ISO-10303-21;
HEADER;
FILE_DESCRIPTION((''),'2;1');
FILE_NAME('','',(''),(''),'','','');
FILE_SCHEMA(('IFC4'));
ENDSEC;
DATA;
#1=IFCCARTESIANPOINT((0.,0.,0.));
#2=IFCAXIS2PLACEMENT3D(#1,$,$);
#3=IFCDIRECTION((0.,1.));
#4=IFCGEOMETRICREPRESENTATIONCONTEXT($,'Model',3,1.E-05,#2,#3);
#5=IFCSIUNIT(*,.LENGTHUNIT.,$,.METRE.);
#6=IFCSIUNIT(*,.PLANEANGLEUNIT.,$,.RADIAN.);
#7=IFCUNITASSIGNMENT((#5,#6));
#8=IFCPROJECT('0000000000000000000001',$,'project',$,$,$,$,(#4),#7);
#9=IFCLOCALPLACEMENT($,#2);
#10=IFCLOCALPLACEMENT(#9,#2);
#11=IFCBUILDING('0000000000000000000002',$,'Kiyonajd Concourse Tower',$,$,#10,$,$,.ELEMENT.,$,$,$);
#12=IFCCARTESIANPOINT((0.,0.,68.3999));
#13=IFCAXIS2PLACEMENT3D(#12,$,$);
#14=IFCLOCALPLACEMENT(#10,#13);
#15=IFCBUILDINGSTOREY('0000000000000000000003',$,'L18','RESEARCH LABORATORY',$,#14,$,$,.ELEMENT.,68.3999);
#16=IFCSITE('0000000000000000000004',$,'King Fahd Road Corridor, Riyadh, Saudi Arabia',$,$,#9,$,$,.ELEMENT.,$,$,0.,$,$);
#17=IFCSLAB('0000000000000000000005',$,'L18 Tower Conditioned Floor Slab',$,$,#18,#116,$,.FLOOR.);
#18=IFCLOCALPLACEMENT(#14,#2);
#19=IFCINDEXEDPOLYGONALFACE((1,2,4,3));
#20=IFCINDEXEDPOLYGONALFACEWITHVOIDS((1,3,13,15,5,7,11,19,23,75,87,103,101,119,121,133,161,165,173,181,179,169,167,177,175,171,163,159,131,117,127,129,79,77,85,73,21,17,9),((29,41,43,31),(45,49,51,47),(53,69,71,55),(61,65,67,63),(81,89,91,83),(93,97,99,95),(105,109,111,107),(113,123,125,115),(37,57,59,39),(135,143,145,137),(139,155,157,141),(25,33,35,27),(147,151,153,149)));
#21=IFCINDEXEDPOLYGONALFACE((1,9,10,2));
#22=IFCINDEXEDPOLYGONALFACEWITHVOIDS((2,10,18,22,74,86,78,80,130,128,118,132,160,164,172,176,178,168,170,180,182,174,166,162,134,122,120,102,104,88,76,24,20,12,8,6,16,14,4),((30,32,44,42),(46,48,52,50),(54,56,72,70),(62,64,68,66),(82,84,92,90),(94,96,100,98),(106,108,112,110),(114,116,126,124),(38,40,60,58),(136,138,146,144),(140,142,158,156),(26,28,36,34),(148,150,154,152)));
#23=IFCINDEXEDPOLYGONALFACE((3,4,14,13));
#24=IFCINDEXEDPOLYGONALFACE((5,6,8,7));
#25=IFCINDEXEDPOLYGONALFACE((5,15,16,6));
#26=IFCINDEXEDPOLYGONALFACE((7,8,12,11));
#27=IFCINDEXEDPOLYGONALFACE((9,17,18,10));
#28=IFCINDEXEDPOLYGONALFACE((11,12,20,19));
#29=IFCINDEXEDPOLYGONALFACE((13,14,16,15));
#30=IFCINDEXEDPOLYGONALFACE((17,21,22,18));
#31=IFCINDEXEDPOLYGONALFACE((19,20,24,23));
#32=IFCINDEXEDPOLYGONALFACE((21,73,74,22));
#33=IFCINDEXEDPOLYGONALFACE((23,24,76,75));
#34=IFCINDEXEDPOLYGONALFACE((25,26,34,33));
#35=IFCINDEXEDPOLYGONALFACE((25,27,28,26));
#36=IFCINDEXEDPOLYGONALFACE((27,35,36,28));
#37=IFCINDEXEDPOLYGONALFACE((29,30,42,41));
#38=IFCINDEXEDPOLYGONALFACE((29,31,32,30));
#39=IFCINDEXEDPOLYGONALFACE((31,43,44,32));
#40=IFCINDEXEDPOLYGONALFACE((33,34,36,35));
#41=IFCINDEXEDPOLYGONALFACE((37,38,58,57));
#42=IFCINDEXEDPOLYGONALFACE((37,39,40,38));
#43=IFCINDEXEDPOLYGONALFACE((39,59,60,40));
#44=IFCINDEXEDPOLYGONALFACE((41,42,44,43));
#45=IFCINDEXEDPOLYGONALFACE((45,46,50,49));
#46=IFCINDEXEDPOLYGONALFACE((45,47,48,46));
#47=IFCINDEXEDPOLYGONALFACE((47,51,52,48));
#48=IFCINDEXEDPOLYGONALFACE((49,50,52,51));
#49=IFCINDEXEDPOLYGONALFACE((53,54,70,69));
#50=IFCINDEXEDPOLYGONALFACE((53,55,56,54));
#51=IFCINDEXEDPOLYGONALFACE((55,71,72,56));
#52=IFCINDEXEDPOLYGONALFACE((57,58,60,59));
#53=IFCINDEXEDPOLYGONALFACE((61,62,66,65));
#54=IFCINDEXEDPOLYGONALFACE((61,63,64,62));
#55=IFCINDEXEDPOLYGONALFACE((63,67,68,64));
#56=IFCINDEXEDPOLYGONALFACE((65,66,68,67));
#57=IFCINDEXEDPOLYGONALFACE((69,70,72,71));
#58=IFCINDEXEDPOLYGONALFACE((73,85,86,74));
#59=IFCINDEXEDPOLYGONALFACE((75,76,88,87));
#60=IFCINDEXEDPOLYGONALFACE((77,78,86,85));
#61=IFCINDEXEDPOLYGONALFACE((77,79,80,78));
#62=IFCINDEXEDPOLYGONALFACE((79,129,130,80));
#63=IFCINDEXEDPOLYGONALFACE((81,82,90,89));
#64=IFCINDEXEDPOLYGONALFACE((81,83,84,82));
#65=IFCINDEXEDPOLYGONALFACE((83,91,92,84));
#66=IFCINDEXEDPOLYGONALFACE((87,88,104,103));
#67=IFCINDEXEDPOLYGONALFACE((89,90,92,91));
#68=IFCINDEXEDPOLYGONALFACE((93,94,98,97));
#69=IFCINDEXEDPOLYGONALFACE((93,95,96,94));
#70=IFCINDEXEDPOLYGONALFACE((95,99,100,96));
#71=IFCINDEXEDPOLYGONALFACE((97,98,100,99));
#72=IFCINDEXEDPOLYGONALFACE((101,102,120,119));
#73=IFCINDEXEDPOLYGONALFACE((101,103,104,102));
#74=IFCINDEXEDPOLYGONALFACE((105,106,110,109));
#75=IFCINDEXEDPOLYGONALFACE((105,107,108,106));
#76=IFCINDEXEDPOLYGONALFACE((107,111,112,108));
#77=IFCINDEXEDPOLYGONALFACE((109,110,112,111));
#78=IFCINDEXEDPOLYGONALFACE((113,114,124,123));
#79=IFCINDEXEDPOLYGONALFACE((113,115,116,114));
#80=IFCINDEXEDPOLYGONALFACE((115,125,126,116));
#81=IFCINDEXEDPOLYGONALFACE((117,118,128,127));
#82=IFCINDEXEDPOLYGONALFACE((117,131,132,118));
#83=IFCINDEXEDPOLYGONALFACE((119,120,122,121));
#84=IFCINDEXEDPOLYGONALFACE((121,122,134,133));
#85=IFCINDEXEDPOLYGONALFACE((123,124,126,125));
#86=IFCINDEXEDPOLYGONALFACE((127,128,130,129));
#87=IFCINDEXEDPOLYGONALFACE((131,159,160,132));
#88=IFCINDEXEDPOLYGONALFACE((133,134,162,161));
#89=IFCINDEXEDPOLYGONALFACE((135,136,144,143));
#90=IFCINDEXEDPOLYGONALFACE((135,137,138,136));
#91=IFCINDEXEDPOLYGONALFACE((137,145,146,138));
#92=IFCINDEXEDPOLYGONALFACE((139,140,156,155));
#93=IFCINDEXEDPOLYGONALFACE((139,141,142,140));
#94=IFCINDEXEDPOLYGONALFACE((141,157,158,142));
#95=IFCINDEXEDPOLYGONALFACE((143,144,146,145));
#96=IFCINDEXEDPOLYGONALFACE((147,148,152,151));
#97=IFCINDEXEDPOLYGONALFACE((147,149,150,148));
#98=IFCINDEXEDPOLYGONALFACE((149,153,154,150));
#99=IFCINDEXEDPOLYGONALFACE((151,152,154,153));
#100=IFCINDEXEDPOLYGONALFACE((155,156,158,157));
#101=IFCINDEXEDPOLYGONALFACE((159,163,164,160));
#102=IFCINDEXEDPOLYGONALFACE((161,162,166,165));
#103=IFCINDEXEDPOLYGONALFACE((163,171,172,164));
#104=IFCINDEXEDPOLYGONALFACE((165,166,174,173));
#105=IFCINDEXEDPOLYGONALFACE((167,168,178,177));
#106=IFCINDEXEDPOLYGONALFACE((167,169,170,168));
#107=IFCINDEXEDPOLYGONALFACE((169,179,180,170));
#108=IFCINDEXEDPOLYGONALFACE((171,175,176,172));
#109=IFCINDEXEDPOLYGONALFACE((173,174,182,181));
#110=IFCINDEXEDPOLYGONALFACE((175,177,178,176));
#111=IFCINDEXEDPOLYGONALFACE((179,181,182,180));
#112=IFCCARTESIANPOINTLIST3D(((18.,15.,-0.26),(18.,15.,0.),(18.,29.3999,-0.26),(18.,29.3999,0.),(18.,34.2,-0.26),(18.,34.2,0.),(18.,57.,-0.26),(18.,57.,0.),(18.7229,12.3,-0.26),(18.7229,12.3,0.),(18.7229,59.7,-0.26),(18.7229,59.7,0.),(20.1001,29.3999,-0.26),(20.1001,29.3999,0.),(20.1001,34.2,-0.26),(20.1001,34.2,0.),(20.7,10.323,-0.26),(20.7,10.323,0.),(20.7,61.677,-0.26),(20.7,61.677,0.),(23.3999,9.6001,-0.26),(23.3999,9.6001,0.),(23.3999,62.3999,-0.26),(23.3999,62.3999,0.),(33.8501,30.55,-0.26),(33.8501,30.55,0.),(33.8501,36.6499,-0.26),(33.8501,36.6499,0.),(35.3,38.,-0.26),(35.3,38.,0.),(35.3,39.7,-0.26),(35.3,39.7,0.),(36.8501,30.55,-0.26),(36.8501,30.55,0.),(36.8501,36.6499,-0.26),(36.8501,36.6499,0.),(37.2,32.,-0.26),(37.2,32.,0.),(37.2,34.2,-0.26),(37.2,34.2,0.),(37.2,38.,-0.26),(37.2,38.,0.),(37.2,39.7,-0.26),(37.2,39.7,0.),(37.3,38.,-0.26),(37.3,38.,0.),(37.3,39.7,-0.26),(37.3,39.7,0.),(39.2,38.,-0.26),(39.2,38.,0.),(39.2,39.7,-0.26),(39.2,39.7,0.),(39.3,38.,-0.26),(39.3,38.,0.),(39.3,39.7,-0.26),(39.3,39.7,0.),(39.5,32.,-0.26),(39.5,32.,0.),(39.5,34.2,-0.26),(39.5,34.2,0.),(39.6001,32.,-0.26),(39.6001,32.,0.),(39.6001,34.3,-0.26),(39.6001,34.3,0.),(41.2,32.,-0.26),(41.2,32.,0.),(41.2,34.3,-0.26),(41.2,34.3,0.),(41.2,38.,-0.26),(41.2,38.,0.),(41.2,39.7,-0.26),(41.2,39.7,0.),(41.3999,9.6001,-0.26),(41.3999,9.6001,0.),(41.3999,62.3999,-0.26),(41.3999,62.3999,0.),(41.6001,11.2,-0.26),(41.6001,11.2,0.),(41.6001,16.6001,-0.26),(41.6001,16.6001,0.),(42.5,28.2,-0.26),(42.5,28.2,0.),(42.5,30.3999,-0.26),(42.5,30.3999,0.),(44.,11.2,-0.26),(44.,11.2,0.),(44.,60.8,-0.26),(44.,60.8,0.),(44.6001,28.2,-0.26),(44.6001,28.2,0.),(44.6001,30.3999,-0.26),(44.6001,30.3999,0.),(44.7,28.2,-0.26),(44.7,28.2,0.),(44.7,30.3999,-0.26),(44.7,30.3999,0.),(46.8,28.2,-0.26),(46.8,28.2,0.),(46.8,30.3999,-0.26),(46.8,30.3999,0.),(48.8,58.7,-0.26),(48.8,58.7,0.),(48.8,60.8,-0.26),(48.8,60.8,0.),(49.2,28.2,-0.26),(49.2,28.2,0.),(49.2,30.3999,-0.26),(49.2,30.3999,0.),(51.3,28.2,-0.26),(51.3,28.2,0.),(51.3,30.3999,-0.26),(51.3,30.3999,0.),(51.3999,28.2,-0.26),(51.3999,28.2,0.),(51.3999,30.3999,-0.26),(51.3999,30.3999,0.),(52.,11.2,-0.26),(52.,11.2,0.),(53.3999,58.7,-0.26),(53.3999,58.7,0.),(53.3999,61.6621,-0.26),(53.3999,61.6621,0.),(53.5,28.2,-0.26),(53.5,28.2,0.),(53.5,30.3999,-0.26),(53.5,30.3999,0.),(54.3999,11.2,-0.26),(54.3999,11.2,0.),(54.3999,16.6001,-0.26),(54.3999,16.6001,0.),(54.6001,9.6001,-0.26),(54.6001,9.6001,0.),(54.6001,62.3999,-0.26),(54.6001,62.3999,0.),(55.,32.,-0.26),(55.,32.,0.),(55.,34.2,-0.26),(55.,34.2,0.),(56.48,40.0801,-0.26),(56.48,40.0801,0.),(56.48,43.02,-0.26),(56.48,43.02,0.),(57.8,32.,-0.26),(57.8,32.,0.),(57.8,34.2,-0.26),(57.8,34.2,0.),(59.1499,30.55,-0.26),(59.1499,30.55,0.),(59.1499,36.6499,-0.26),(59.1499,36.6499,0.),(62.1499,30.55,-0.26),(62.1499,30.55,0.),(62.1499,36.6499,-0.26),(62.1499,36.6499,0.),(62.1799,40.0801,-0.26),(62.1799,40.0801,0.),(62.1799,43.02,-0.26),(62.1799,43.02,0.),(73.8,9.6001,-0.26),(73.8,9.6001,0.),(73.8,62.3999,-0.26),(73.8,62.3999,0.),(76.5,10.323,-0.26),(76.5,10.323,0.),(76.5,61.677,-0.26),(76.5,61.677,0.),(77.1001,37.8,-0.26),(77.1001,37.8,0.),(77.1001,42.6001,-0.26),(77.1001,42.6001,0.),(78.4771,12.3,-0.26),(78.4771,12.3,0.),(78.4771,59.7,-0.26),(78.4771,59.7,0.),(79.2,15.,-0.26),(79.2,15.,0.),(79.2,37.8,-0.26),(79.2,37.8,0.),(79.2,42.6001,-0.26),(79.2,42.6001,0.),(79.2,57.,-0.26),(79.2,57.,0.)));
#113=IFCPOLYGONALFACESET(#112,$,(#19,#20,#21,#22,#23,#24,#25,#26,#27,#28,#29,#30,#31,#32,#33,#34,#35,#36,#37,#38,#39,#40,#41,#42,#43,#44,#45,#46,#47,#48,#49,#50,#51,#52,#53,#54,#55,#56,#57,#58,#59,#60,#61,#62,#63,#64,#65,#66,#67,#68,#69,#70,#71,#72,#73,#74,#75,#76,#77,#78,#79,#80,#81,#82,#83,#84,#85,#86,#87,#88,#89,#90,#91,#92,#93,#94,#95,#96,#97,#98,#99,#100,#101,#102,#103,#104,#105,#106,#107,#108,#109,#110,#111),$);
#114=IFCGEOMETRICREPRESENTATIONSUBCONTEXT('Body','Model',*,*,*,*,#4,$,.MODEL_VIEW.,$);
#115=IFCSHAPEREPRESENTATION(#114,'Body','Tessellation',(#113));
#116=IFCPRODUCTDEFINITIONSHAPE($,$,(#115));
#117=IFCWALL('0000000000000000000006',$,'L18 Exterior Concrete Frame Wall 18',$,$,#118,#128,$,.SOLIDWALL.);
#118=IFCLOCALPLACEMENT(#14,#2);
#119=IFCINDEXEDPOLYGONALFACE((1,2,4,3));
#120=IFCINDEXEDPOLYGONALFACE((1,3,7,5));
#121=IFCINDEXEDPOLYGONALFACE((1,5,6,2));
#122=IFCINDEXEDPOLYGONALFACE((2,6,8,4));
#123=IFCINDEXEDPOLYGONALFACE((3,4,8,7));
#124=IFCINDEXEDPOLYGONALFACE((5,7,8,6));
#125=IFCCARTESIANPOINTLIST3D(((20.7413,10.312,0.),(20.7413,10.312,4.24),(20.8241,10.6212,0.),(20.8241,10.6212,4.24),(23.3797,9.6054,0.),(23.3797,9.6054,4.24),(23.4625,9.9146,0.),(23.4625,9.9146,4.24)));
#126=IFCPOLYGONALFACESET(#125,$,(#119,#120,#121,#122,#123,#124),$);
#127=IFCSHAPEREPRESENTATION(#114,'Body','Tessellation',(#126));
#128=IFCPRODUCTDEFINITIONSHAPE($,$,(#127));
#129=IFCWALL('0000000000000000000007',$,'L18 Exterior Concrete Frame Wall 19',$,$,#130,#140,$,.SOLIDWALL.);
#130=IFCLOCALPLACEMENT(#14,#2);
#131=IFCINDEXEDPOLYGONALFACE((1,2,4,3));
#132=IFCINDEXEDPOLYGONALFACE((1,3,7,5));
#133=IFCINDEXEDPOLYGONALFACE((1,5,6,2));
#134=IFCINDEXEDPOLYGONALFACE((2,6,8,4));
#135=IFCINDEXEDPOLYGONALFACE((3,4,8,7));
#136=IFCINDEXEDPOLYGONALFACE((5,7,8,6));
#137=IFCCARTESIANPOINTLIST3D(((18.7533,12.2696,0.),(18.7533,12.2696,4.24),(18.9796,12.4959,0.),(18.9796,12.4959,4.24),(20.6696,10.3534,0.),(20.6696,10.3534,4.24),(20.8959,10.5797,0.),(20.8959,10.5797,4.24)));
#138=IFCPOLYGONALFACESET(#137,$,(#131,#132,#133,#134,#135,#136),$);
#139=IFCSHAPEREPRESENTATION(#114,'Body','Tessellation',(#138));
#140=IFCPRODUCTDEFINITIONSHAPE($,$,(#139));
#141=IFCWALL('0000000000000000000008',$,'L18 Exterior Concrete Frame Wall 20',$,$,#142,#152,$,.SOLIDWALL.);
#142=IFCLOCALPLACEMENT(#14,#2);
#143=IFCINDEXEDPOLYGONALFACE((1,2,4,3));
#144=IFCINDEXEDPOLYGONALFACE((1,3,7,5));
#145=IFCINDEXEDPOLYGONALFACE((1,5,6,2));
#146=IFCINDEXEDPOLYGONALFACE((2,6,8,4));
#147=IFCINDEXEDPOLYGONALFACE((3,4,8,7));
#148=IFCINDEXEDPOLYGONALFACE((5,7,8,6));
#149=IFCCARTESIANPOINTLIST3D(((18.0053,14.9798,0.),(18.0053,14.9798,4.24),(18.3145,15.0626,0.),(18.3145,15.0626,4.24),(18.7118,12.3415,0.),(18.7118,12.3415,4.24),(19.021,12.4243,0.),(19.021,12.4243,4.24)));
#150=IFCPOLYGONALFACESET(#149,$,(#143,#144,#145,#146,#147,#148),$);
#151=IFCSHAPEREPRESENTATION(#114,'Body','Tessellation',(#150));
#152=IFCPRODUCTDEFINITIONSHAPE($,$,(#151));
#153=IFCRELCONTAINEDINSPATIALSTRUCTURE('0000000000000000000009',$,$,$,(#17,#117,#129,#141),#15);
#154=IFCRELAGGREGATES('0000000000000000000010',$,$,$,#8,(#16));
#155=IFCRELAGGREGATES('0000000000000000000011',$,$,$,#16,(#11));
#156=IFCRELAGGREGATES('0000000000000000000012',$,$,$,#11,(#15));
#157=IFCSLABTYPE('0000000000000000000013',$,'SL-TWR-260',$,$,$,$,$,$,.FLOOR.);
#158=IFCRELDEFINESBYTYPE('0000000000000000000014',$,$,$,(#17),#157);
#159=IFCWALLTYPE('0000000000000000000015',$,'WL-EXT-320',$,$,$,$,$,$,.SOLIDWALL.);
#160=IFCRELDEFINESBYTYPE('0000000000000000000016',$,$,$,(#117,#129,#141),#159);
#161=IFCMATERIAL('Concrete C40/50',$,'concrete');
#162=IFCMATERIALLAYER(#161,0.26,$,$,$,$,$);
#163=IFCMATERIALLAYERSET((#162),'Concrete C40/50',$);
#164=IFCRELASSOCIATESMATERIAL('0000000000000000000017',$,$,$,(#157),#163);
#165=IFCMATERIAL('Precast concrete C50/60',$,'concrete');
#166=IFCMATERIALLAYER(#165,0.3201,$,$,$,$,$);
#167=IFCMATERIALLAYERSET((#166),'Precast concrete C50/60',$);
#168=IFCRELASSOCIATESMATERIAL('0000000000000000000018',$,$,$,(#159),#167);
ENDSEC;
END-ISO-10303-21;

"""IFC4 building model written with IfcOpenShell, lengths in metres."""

from ifc_helpers import new_model, si_unit, direction, frame, frame_2d, origin, place, context, subcontext, project, spatial, polyline, rectangle, outline, extrude, material, layer, layer_set, type_object, element, save


model = new_model("IFC4")

# Units and contexts
model_context = context("Model", 3, precision=1e-05, world=origin(), true_north=direction((0.0, 1.0)))
body_context = subcontext(model_context, "Body", "Model", "MODEL_VIEW")
ifc_project = project(units=[si_unit("LENGTHUNIT", "METRE"), si_unit("PLANEANGLEUNIT", "RADIAN")], contexts=[model_context])

# Site, building, storey
site_placement = place(None, origin())
site = spatial("IfcSite", under=ifc_project, at=site_placement, Name="King Fahd Road Corridor, Riyadh, Saudi Arabia", CompositionType="ELEMENT", RefElevation=0.0)
building_placement = place(site_placement, origin())
building = spatial("IfcBuilding", under=site, at=building_placement, Name="Kiyonajd Concourse Tower", CompositionType="ELEMENT")
storey_placement = place(building_placement, frame((0.0, 0.0, 68.3999)))
storey = spatial("IfcBuildingStorey", under=building, at=storey_placement, Name="L18", Description="RESEARCH LABORATORY", CompositionType="ELEMENT", Elevation=68.3999)

# Shared definitions
ifc_material_1 = material(Name="Precast concrete C50/60", Category="concrete")

# Shared definitions
ifc_material_2 = material(Name="Concrete C40/50", Category="concrete")

# Slab
ifc_layer_1 = layer(ifc_material_2, 0.26)
ifc_layer_set_1 = layer_set([ifc_layer_1], Name="Concrete C40/50")
slab_type_1 = type_object("IfcSlabType", Name="SL-TWR-260", PredefinedType="FLOOR", material=ifc_layer_set_1)
slab_1_placement = place(storey_placement, frame((0.0, 0.0, -0.26)))
element("IfcSlab", 1, at=slab_1_placement, inside=storey, type_object=slab_type_1, Name="L18 Tower Conditioned Floor Slab", PredefinedType="FLOOR", context=body_context, shape_type="SweptSolid", body=[
    extrude(outline(polyline([(78.4771, 59.7), (79.2, 57.0), (79.2, 42.6001), (77.1001, 42.6001), (77.1001, 37.8), (79.2, 37.8), (79.2, 15.0), (78.4771, 12.3), (76.5, 10.323), (73.8, 9.6001), (54.6001, 9.6001), (52.0, 11.2), (54.3999, 11.2), (54.3999, 16.6001), (41.6001, 16.6001), (41.6001, 11.2), (44.0, 11.2), (41.3999, 9.6001), (23.3999, 9.6001), (20.7, 10.323), (18.7229, 12.3), (18.0, 15.0), (18.0, 29.3999), (20.1001, 29.3999), (20.1001, 34.2), (18.0, 34.2), (18.0, 57.0), (18.7229, 59.7), (20.7, 61.677), (23.3999, 62.3999), (41.3999, 62.3999), (44.0, 60.8), (48.8, 60.8), (48.8, 58.7), (53.3999, 58.7), (53.3999, 61.6621), (54.6001, 62.3999), (73.8, 62.3999), (76.5, 61.677), (78.4771, 59.7)]), holes=[polyline([(44.6001, 28.2), (42.5, 28.2), (42.5, 30.3999), (44.6001, 30.3999), (44.6001, 28.2)]), polyline([(37.2, 32.0), (37.2, 34.2), (39.5, 34.2), (39.5, 32.0), (37.2, 32.0)]), polyline([(39.6001, 32.0), (39.6001, 34.3), (41.2, 34.3), (41.2, 32.0), (39.6001, 32.0)]), polyline([(36.8501, 30.55), (33.8501, 30.55), (33.8501, 36.6499), (36.8501, 36.6499), (36.8501, 30.55)]), polyline([(35.3, 38.0), (35.3, 39.7), (37.2, 39.7), (37.2, 38.0), (35.3, 38.0)]), polyline([(37.3, 38.0), (37.3, 39.7), (39.2, 39.7), (39.2, 38.0), (37.3, 38.0)]), polyline([(41.2, 38.0), (39.3, 38.0), (39.3, 39.7), (41.2, 39.7), (41.2, 38.0)]), polyline([(44.7, 28.2), (44.7, 30.3999), (46.8, 30.3999), (46.8, 28.2), (44.7, 28.2)]), polyline([(49.2, 28.2), (49.2, 30.3999), (51.3, 30.3999), (51.3, 28.2), (49.2, 28.2)]), polyline([(51.3999, 28.2), (51.3999, 30.3999), (53.5, 30.3999), (53.5, 28.2), (51.3999, 28.2)]), polyline([(55.0, 32.0), (55.0, 34.2), (57.8, 34.2), (57.8, 32.0), (55.0, 32.0)]), polyline([(59.1499, 30.55), (59.1499, 36.6499), (62.1499, 36.6499), (62.1499, 30.55), (59.1499, 30.55)]), polyline([(56.48, 43.02), (62.1799, 43.02), (62.1799, 40.0801), (56.48, 40.0801), (56.48, 43.02)])]), origin(), (0.0, 0.0, 1.0), 0.26),
])

# Walls
ifc_layer_2 = layer(ifc_material_1, 0.3201)
ifc_layer_set_2 = layer_set([ifc_layer_2], Name="Precast concrete C50/60")
wall_type = type_object("IfcWallType", Name="WL-EXT-320", PredefinedType="SOLIDWALL", material=ifc_layer_set_2)
wall_1_placement = place(storey_placement, frame((23.4211, 9.76, 0.0), z_axis=(0.0, 0.0, 1.0), x_axis=(-0.965964, 0.258675, 0.0)))
element("IfcWall", 2, at=wall_1_placement, inside=storey, type_object=wall_type, Name="L18 Exterior Concrete Frame Wall 18", PredefinedType="SOLIDWALL", context=body_context, shape_type="SweptSolid", body=[
    extrude(rectangle(XDim=2.7314, YDim=0.3201, at=frame_2d((1.3657, 0.0))), origin(), (0.0, 0.0, 1.0), 4.24),
])
wall_2_placement = place(storey_placement, frame((20.7827, 10.4666, 0.0), z_axis=(0.0, 0.0, 1.0), x_axis=(-0.707107, 0.707107, 0.0)))
element("IfcWall", 3, at=wall_2_placement, inside=storey, type_object=wall_type, Name="L18 Exterior Concrete Frame Wall 19", PredefinedType="SOLIDWALL", context=body_context, shape_type="SweptSolid", body=[
    extrude(rectangle(XDim=2.71, YDim=0.3201, at=frame_2d((1.355, 0.0))), origin(), (0.0, 0.0, 1.0), 4.24),
])
wall_3_placement = place(storey_placement, frame((18.8665, 12.3828, 0.0), z_axis=(0.0, 0.0, 1.0), x_axis=(-0.258697, 0.965958, 0.0)))
element("IfcWall", 4, at=wall_3_placement, inside=storey, type_object=wall_type, Name="L18 Exterior Concrete Frame Wall 20", PredefinedType="SOLIDWALL", context=body_context, shape_type="SweptSolid", body=[
    extrude(rectangle(XDim=2.7312, YDim=0.3201, at=frame_2d((1.3657, 0.0))), origin(), (0.0, 0.0, 1.0), 4.24),
])

save(model, "model.ifc")
